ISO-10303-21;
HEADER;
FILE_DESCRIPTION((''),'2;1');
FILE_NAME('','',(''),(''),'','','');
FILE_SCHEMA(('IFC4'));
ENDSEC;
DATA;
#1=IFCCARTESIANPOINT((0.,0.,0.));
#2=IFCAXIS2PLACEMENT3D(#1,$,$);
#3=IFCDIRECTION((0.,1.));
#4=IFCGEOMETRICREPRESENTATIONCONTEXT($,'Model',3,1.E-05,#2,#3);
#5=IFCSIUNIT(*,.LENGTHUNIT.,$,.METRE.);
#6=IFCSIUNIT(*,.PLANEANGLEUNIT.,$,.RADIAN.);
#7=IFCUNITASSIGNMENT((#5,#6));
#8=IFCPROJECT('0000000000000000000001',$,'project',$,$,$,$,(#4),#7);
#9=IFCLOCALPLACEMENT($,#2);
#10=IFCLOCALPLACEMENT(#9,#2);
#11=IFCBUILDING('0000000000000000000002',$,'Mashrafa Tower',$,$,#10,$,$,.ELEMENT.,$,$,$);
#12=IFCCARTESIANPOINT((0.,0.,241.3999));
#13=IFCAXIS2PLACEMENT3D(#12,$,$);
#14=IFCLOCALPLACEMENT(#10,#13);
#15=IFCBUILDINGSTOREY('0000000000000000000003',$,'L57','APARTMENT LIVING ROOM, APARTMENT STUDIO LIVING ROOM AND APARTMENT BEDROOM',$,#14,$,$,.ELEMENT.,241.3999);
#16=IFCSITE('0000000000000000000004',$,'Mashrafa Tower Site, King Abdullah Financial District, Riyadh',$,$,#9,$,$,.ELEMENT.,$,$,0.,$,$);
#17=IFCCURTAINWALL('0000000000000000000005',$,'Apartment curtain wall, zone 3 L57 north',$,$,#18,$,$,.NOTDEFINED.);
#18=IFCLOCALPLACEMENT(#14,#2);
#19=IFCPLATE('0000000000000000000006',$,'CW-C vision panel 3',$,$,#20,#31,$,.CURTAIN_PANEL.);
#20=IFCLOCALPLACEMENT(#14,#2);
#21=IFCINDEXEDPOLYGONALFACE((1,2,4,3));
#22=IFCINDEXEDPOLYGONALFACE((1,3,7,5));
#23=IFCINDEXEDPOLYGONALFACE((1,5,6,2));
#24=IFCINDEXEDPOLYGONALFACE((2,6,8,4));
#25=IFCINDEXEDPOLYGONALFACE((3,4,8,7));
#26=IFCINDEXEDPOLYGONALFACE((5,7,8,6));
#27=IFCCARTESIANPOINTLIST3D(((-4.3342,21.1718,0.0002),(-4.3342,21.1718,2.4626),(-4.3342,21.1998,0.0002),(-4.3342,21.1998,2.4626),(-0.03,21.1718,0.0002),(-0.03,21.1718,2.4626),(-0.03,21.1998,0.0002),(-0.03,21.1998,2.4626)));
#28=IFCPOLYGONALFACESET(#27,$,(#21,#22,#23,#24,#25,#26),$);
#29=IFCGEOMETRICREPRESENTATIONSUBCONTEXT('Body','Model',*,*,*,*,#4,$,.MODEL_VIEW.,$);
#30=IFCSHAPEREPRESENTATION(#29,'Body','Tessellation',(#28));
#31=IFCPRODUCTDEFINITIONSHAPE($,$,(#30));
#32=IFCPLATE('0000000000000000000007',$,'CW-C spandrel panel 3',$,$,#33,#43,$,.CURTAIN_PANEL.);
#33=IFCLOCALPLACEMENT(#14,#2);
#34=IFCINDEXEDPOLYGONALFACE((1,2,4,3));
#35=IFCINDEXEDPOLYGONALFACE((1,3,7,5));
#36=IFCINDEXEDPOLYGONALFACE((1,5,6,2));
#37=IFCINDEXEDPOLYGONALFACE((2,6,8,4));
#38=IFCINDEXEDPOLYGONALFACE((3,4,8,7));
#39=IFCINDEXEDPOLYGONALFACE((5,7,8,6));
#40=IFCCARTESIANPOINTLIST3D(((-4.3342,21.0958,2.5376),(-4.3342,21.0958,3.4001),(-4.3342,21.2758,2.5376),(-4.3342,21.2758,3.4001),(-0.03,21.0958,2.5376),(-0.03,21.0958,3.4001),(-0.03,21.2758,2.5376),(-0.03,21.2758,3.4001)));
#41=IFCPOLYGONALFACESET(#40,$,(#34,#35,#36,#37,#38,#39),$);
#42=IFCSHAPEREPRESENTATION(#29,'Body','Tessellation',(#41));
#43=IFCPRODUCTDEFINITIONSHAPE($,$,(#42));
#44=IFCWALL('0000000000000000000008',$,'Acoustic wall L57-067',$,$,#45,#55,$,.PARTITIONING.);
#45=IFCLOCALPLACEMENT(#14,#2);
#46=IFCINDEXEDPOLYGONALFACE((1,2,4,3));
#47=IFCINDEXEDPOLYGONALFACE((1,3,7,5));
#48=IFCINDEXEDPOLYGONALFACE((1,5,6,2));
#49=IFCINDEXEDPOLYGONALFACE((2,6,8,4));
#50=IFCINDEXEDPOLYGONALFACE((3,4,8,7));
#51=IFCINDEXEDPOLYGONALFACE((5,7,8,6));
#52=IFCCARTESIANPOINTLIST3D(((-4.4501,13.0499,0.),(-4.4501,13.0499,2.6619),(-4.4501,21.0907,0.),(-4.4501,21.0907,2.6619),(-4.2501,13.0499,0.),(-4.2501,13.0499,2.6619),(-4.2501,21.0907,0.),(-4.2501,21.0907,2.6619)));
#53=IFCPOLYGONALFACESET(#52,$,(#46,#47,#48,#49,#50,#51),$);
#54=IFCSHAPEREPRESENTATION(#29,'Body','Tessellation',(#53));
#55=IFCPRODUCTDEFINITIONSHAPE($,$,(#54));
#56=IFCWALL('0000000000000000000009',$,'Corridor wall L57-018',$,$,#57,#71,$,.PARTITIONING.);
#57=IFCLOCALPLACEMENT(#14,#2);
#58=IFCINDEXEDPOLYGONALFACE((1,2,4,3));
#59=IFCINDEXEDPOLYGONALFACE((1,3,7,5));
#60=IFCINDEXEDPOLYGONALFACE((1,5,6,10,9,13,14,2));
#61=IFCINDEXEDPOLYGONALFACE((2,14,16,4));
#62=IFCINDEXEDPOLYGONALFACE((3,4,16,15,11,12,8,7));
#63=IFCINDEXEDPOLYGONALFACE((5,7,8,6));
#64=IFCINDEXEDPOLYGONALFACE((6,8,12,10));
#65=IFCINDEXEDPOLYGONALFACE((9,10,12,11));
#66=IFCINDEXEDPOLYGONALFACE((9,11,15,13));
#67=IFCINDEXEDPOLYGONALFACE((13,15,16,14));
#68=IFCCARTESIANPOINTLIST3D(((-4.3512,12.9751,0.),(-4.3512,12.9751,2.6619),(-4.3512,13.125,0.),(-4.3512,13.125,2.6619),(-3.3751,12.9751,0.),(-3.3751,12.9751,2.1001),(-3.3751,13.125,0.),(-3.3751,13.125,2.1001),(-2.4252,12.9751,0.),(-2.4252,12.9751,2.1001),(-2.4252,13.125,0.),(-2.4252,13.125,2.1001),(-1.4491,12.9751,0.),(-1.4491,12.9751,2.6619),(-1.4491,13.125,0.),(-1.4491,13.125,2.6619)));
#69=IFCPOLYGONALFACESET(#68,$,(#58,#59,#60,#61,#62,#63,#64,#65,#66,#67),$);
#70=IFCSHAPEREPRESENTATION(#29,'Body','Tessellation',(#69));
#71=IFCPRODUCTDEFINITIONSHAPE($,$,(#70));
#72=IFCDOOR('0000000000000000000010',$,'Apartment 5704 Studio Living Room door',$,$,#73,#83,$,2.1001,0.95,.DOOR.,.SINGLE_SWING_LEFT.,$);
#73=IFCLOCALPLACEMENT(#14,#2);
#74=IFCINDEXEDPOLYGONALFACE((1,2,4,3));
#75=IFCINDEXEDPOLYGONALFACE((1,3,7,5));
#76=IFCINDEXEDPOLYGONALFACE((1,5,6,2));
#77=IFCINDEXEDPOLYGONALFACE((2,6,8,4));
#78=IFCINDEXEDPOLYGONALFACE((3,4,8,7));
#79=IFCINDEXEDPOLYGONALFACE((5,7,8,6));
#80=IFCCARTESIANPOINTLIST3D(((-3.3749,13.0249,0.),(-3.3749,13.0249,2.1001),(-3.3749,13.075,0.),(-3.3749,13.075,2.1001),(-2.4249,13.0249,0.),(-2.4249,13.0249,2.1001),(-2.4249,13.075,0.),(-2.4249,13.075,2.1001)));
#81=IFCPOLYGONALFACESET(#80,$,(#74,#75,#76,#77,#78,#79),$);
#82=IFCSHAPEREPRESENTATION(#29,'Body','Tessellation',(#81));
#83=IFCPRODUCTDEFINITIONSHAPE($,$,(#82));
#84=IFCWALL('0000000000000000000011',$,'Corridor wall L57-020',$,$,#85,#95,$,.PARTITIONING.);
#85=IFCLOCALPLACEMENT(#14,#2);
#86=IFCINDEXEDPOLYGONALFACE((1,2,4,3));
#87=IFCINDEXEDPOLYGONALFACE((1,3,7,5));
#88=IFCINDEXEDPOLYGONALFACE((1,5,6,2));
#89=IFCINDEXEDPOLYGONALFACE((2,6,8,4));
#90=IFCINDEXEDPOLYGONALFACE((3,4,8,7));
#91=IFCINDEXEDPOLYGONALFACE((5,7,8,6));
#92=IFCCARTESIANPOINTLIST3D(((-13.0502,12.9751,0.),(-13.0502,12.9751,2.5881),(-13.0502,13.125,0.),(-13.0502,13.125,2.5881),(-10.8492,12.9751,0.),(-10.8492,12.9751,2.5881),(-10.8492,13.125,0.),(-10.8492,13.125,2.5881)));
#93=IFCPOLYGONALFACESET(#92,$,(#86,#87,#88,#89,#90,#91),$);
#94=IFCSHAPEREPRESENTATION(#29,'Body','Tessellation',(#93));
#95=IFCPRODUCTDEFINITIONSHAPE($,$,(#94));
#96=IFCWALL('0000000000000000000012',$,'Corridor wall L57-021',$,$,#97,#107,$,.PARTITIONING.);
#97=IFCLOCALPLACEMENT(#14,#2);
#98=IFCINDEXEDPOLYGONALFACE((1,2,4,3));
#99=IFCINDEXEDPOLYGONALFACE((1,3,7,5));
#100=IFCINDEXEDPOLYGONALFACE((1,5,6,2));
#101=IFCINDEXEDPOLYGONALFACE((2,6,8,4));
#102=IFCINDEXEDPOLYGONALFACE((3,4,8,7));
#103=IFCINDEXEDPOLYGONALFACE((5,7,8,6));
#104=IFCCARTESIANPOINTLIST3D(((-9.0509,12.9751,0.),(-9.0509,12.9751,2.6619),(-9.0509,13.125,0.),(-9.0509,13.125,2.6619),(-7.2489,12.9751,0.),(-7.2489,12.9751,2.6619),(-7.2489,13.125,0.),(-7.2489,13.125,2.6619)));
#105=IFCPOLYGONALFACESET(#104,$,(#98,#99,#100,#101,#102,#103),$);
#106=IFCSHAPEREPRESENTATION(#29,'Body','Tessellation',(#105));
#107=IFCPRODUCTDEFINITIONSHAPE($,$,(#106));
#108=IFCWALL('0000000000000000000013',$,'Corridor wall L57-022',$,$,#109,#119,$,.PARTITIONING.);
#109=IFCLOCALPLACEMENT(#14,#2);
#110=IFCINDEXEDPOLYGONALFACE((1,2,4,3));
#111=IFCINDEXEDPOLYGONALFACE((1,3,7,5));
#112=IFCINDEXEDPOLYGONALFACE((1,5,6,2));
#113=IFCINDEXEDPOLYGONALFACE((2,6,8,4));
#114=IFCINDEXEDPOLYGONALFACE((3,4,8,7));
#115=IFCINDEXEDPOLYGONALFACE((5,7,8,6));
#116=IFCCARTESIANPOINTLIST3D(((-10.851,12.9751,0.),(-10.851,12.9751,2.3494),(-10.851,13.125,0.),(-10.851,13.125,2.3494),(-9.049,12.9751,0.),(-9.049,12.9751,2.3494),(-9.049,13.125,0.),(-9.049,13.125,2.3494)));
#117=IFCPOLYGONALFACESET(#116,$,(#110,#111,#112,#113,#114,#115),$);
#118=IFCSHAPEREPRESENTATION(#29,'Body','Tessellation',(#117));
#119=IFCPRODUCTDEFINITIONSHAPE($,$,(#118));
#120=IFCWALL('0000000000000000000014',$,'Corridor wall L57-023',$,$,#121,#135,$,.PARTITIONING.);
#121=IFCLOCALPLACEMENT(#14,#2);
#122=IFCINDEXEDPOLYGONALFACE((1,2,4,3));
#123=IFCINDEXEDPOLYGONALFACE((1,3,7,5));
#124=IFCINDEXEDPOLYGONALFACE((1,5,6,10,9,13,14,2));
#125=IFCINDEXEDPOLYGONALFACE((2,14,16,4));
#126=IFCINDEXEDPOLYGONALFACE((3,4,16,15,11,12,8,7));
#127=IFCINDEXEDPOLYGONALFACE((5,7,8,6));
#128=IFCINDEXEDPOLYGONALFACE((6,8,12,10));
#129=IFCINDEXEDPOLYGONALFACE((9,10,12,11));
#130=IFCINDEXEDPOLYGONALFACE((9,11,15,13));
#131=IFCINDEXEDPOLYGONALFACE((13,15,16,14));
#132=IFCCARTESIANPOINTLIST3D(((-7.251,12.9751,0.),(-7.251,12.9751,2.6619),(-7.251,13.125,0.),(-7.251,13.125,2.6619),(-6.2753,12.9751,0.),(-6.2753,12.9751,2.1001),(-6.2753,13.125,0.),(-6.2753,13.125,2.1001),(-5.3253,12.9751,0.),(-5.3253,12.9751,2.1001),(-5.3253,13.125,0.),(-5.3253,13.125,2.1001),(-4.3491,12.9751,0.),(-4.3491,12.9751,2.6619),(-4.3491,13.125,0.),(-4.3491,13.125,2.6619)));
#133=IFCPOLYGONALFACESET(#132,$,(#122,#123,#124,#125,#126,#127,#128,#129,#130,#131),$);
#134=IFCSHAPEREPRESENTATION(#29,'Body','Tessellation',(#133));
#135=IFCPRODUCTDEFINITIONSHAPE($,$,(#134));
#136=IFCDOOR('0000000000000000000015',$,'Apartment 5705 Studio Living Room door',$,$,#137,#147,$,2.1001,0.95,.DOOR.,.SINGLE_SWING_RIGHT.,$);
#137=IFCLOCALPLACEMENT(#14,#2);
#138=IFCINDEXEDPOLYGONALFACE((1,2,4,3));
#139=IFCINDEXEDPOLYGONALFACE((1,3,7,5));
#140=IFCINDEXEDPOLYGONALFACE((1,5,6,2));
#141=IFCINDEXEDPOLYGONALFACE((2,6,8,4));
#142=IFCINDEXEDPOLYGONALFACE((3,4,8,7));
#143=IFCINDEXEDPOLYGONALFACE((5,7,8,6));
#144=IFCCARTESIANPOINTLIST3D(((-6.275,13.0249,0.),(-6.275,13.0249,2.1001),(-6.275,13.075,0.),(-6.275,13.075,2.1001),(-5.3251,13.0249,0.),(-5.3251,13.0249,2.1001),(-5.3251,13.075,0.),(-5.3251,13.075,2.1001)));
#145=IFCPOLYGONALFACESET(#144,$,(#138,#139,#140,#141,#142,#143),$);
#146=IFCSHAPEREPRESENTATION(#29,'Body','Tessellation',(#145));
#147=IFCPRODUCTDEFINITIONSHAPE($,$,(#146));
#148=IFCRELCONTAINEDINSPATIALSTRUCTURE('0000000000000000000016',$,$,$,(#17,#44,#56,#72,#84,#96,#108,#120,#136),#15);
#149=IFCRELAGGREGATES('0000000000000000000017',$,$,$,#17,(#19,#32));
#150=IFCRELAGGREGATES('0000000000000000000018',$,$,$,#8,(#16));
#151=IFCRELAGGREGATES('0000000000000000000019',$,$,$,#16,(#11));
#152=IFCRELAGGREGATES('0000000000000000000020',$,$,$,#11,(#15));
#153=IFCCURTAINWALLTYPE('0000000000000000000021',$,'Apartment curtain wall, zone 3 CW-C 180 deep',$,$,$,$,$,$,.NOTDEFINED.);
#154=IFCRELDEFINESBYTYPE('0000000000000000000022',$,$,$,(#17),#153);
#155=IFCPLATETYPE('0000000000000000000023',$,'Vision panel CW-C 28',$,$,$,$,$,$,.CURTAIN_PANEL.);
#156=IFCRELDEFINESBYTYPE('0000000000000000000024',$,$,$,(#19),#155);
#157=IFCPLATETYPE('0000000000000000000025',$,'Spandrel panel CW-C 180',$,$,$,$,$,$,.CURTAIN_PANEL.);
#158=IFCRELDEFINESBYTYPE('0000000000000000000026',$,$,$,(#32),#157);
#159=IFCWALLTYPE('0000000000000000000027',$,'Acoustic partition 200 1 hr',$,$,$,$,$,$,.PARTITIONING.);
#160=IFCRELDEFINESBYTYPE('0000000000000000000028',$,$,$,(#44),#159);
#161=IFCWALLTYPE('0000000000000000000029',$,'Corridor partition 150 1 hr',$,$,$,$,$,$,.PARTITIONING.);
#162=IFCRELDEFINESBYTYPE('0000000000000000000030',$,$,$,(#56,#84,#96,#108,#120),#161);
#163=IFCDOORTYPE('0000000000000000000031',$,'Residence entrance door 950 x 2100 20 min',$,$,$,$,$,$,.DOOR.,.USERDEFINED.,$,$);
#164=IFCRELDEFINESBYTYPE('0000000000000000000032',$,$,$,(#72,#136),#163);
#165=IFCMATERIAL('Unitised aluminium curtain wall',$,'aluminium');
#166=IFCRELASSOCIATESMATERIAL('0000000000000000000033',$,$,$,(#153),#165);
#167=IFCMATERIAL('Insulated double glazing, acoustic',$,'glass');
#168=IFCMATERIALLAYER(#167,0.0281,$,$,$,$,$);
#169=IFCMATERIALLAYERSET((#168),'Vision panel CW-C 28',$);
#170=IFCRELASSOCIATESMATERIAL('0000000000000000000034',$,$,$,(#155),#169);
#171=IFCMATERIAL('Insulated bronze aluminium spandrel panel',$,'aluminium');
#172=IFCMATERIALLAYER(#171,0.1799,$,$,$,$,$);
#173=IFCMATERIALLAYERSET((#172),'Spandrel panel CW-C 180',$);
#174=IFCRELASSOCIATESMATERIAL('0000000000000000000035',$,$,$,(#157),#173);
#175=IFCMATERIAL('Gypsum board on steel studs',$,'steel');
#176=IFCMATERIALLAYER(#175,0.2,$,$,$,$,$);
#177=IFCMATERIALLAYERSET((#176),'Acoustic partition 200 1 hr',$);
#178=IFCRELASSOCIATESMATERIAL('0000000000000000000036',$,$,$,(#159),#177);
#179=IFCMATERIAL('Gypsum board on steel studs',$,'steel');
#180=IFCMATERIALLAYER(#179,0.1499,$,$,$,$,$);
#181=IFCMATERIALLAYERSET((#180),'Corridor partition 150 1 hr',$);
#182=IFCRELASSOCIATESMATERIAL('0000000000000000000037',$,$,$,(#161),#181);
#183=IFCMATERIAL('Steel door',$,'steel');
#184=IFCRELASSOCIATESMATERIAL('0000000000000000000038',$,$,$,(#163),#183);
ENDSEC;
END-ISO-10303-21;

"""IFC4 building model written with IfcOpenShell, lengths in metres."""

from ifc_helpers import new_model, si_unit, direction, frame, frame_2d, origin, origin_2d, place, context, subcontext, project, spatial, rectangle, extrude, source, transform, mapped, material, layer, layer_set, type_object, element, fill, aggregate, save


model = new_model("IFC4")

# Units and contexts
model_context = context("Model", 3, precision=1e-05, world=origin(), true_north=direction((0.0, 1.0)))
body_context = subcontext(model_context, "Body", "Model", "MODEL_VIEW")
ifc_project = project(units=[si_unit("LENGTHUNIT", "METRE"), si_unit("PLANEANGLEUNIT", "RADIAN")], contexts=[model_context])

# Site, building, storey
site_placement = place(None, origin())
site = spatial("IfcSite", under=ifc_project, at=site_placement, Name="Mashrafa Tower Site, King Abdullah Financial District, Riyadh", CompositionType="ELEMENT", RefElevation=0.0)
building_placement = place(site_placement, origin())
building = spatial("IfcBuilding", under=site, at=building_placement, Name="Mashrafa Tower", CompositionType="ELEMENT")
storey_placement = place(building_placement, frame((0.0, 0.0, 241.3999)))
storey = spatial("IfcBuildingStorey", under=building, at=storey_placement, Name="L57", Description="APARTMENT LIVING ROOM, APARTMENT STUDIO LIVING ROOM AND APARTMENT BEDROOM", CompositionType="ELEMENT", Elevation=241.3999)

# Curtain wall
ifc_material_1 = material(Name="Unitised aluminium curtain wall", Category="aluminium")
curtain_wall_type = type_object("IfcCurtainWallType", Name="Apartment curtain wall, zone 3 CW-C 180 deep", PredefinedType="NOTDEFINED", material=ifc_material_1)
curtain_wall_1_placement = place(storey_placement, origin())
curtain_wall_1 = element("IfcCurtainWall", 1, at=curtain_wall_1_placement, inside=storey, type_object=curtain_wall_type, Name="Apartment curtain wall, zone 3 L57 north", PredefinedType="NOTDEFINED")

# Plates
ifc_material_2 = material(Name="Insulated double glazing, acoustic", Category="glass")
ifc_layer_1 = layer(ifc_material_2, 0.0281)
ifc_layer_set_1 = layer_set([ifc_layer_1], Name="Vision panel CW-C 28")
plate_type_1 = type_object("IfcPlateType", Name="Vision panel CW-C 28", PredefinedType="CURTAIN_PANEL", material=ifc_layer_set_1)
ifc_material_3 = material(Name="Insulated bronze aluminium spandrel panel", Category="aluminium")
ifc_layer_2 = layer(ifc_material_3, 0.1799)
ifc_layer_set_2 = layer_set([ifc_layer_2], Name="Spandrel panel CW-C 180")
plate_type_2 = type_object("IfcPlateType", Name="Spandrel panel CW-C 180", PredefinedType="CURTAIN_PANEL", material=ifc_layer_set_2)
shared_shape_1 = source(origin(), body_context, "Body", "SweptSolid", [
    extrude(rectangle(XDim=4.3042, YDim=0.0281, at=origin_2d()), origin(), (0.0, 0.0, 1.0), 2.4624),
])
plate_1_placement = place(storey_placement, frame((-2.1821, 21.1858, 0.0002), z_axis=(0.0, 0.0, 1.0), x_axis=(-1.0, 0.0, 0.0)))
plate_1 = element("IfcPlate", 2, at=plate_1_placement, type_object=plate_type_1, Name="CW-C vision panel 3", PredefinedType="CURTAIN_PANEL", context=body_context, shape_type="MappedRepresentation", body=[
    mapped(shared_shape_1, transform((0.0, 0.0, 0.0))),
])
shared_shape_2 = source(origin(), body_context, "Body", "SweptSolid", [
    extrude(rectangle(XDim=4.3042, YDim=0.1799, at=origin_2d()), origin(), (0.0, 0.0, 1.0), 0.8625),
])
plate_2_placement = place(storey_placement, frame((-2.1821, 21.1858, 2.5376), z_axis=(0.0, 0.0, 1.0), x_axis=(-1.0, 0.0, 0.0)))
plate_2 = element("IfcPlate", 3, at=plate_2_placement, type_object=plate_type_2, Name="CW-C spandrel panel 3", PredefinedType="CURTAIN_PANEL", context=body_context, shape_type="MappedRepresentation", body=[
    mapped(shared_shape_2, transform((0.0, 0.0, 0.0))),
])
aggregate(curtain_wall_1, [plate_1, plate_2])

# Wall
ifc_material_4 = material(Name="Gypsum board on steel studs", Category="steel")
ifc_layer_3 = layer(ifc_material_4, 0.2)
ifc_layer_set_3 = layer_set([ifc_layer_3], Name="Acoustic partition 200 1 hr")
wall_type_1 = type_object("IfcWallType", Name="Acoustic partition 200 1 hr", PredefinedType="PARTITIONING", material=ifc_layer_set_3)
wall_1_placement = place(storey_placement, frame((-4.3501, 21.0908, 0.0), z_axis=(0.0, 0.0, 1.0), x_axis=(0.0, -1.0, 0.0)))
element("IfcWall", 4, at=wall_1_placement, inside=storey, type_object=wall_type_1, Name="Acoustic wall L57-067", PredefinedType="PARTITIONING", context=body_context, shape_type="SweptSolid", body=[
    extrude(rectangle(XDim=8.0408, YDim=0.2, at=frame_2d((4.0205, 0.0))), origin(), (0.0, 0.0, 1.0), 2.6619),
])

# Wall, opening, door
ifc_material_5 = material(Name="Gypsum board on steel studs", Category="steel")
ifc_layer_4 = layer(ifc_material_5, 0.1499)
ifc_layer_set_4 = layer_set([ifc_layer_4], Name="Corridor partition 150 1 hr")
wall_type_2 = type_object("IfcWallType", Name="Corridor partition 150 1 hr", PredefinedType="PARTITIONING", material=ifc_layer_set_4)
wall_2_placement = place(storey_placement, frame((-1.449, 13.05, 0.0), z_axis=(0.0, 0.0, 1.0), x_axis=(-1.0, 0.0, 0.0)))
wall_2 = element("IfcWall", 5, at=wall_2_placement, inside=storey, type_object=wall_type_2, Name="Corridor wall L57-018", PredefinedType="PARTITIONING", context=body_context, shape_type="SweptSolid", body=[
    extrude(rectangle(XDim=2.9021, YDim=0.1499, at=frame_2d((1.4512, 0.0))), origin(), (0.0, 0.0, 1.0), 2.6619),
])
opening_1_placement = place(wall_2_placement, frame((0.9761, 0.0, 0.0)))
opening_1 = element("IfcOpeningElement", 6, at=opening_1_placement, cuts=wall_2, PredefinedType="OPENING", context=body_context, shape_type="SweptSolid", body=[
    extrude(rectangle(XDim=0.95, YDim=2.1001, at=frame_2d((0.4751, 1.05))), frame((0.0, 0.085, 0.0), z_axis=(0.0, -1.0, 0.0), x_axis=(1.0, 0.0, 0.0)), (0.0, 0.0, 1.0), 0.1699),
])
ifc_material_6 = material(Name="Steel door", Category="steel")
door_type_1 = type_object("IfcDoorType", Name="Residence entrance door 950 x 2100 20 min", OperationType="USERDEFINED", PredefinedType="DOOR", material=ifc_material_6)
door_1_placement = place(opening_1_placement, frame((0.95, 0.0, 0.0), z_axis=(0.0, 0.0, 1.0), x_axis=(-1.0, 0.0, 0.0)))
door_1 = element("IfcDoor", 7, at=door_1_placement, inside=storey, type_object=door_type_1, Name="Apartment 5704 Studio Living Room door", OperationType="SINGLE_SWING_LEFT", OverallHeight=2.1001, OverallWidth=0.95, PredefinedType="DOOR", context=body_context, shape_type="SweptSolid", body=[
    extrude(rectangle(XDim=0.95, YDim=2.1001, at=frame_2d((0.4751, 1.05))), frame((0.0, 0.0249, 0.0), z_axis=(0.0, -1.0, 0.0), x_axis=(1.0, 0.0, 0.0)), (0.0, 0.0, 1.0), 0.05),
])
fill(opening_1, door_1)

# Walls
wall_3_placement = place(storey_placement, frame((-10.8491, 13.05, 0.0), z_axis=(0.0, 0.0, 1.0), x_axis=(-1.0, 0.0, 0.0)))
element("IfcWall", 8, at=wall_3_placement, inside=storey, type_object=wall_type_2, Name="Corridor wall L57-020", PredefinedType="PARTITIONING", context=body_context, shape_type="SweptSolid", body=[
    extrude(rectangle(XDim=2.2009, YDim=0.1499, at=frame_2d((1.1006, 0.0))), origin(), (0.0, 0.0, 1.0), 2.5881),
])
wall_4_placement = place(storey_placement, frame((-7.249, 13.05, 0.0), z_axis=(0.0, 0.0, 1.0), x_axis=(-1.0, 0.0, 0.0)))
element("IfcWall", 9, at=wall_4_placement, inside=storey, type_object=wall_type_2, Name="Corridor wall L57-021", PredefinedType="PARTITIONING", context=body_context, shape_type="SweptSolid", body=[
    extrude(rectangle(XDim=1.802, YDim=0.1499, at=frame_2d((0.9009, 0.0))), origin(), (0.0, 0.0, 1.0), 2.6619),
])
wall_5_placement = place(storey_placement, frame((-9.0491, 13.05, 0.0), z_axis=(0.0, 0.0, 1.0), x_axis=(-1.0, 0.0, 0.0)))
element("IfcWall", 10, at=wall_5_placement, inside=storey, type_object=wall_type_2, Name="Corridor wall L57-022", PredefinedType="PARTITIONING", context=body_context, shape_type="SweptSolid", body=[
    extrude(rectangle(XDim=1.802, YDim=0.1499, at=frame_2d((0.9009, 0.0))), origin(), (0.0, 0.0, 1.0), 2.3494),
])

# Wall, opening, door
wall_6_placement = place(storey_placement, frame((-4.3491, 13.05, 0.0), z_axis=(0.0, 0.0, 1.0), x_axis=(-1.0, 0.0, 0.0)))
wall_6 = element("IfcWall", 11, at=wall_6_placement, inside=storey, type_object=wall_type_2, Name="Corridor wall L57-023", PredefinedType="PARTITIONING", context=body_context, shape_type="SweptSolid", body=[
    extrude(rectangle(XDim=2.9019, YDim=0.1499, at=frame_2d((1.4509, 0.0))), origin(), (0.0, 0.0, 1.0), 2.6619),
])
opening_2_placement = place(wall_6_placement, frame((0.9761, 0.0, 0.0)))
opening_2 = element("IfcOpeningElement", 12, at=opening_2_placement, cuts=wall_6, PredefinedType="OPENING", context=body_context, shape_type="SweptSolid", body=[
    extrude(rectangle(XDim=0.95, YDim=2.1001, at=frame_2d((0.4751, 1.05))), frame((0.0, 0.085, 0.0), z_axis=(0.0, -1.0, 0.0), x_axis=(1.0, 0.0, 0.0)), (0.0, 0.0, 1.0), 0.1699),
])
door_2_placement = place(opening_2_placement, frame((0.95, 0.0, 0.0), z_axis=(0.0, 0.0, 1.0), x_axis=(-1.0, 0.0, 0.0)))
door_2 = element("IfcDoor", 13, at=door_2_placement, inside=storey, type_object=door_type_1, Name="Apartment 5705 Studio Living Room door", OperationType="SINGLE_SWING_RIGHT", OverallHeight=2.1001, OverallWidth=0.95, PredefinedType="DOOR", context=body_context, shape_type="SweptSolid", body=[
    extrude(rectangle(XDim=0.95, YDim=2.1001, at=frame_2d((0.4751, 1.05))), frame((0.0, 0.0249, 0.0), z_axis=(0.0, -1.0, 0.0), x_axis=(1.0, 0.0, 0.0)), (0.0, 0.0, 1.0), 0.05),
])
fill(opening_2, door_2)

save(model, "model.ifc")
